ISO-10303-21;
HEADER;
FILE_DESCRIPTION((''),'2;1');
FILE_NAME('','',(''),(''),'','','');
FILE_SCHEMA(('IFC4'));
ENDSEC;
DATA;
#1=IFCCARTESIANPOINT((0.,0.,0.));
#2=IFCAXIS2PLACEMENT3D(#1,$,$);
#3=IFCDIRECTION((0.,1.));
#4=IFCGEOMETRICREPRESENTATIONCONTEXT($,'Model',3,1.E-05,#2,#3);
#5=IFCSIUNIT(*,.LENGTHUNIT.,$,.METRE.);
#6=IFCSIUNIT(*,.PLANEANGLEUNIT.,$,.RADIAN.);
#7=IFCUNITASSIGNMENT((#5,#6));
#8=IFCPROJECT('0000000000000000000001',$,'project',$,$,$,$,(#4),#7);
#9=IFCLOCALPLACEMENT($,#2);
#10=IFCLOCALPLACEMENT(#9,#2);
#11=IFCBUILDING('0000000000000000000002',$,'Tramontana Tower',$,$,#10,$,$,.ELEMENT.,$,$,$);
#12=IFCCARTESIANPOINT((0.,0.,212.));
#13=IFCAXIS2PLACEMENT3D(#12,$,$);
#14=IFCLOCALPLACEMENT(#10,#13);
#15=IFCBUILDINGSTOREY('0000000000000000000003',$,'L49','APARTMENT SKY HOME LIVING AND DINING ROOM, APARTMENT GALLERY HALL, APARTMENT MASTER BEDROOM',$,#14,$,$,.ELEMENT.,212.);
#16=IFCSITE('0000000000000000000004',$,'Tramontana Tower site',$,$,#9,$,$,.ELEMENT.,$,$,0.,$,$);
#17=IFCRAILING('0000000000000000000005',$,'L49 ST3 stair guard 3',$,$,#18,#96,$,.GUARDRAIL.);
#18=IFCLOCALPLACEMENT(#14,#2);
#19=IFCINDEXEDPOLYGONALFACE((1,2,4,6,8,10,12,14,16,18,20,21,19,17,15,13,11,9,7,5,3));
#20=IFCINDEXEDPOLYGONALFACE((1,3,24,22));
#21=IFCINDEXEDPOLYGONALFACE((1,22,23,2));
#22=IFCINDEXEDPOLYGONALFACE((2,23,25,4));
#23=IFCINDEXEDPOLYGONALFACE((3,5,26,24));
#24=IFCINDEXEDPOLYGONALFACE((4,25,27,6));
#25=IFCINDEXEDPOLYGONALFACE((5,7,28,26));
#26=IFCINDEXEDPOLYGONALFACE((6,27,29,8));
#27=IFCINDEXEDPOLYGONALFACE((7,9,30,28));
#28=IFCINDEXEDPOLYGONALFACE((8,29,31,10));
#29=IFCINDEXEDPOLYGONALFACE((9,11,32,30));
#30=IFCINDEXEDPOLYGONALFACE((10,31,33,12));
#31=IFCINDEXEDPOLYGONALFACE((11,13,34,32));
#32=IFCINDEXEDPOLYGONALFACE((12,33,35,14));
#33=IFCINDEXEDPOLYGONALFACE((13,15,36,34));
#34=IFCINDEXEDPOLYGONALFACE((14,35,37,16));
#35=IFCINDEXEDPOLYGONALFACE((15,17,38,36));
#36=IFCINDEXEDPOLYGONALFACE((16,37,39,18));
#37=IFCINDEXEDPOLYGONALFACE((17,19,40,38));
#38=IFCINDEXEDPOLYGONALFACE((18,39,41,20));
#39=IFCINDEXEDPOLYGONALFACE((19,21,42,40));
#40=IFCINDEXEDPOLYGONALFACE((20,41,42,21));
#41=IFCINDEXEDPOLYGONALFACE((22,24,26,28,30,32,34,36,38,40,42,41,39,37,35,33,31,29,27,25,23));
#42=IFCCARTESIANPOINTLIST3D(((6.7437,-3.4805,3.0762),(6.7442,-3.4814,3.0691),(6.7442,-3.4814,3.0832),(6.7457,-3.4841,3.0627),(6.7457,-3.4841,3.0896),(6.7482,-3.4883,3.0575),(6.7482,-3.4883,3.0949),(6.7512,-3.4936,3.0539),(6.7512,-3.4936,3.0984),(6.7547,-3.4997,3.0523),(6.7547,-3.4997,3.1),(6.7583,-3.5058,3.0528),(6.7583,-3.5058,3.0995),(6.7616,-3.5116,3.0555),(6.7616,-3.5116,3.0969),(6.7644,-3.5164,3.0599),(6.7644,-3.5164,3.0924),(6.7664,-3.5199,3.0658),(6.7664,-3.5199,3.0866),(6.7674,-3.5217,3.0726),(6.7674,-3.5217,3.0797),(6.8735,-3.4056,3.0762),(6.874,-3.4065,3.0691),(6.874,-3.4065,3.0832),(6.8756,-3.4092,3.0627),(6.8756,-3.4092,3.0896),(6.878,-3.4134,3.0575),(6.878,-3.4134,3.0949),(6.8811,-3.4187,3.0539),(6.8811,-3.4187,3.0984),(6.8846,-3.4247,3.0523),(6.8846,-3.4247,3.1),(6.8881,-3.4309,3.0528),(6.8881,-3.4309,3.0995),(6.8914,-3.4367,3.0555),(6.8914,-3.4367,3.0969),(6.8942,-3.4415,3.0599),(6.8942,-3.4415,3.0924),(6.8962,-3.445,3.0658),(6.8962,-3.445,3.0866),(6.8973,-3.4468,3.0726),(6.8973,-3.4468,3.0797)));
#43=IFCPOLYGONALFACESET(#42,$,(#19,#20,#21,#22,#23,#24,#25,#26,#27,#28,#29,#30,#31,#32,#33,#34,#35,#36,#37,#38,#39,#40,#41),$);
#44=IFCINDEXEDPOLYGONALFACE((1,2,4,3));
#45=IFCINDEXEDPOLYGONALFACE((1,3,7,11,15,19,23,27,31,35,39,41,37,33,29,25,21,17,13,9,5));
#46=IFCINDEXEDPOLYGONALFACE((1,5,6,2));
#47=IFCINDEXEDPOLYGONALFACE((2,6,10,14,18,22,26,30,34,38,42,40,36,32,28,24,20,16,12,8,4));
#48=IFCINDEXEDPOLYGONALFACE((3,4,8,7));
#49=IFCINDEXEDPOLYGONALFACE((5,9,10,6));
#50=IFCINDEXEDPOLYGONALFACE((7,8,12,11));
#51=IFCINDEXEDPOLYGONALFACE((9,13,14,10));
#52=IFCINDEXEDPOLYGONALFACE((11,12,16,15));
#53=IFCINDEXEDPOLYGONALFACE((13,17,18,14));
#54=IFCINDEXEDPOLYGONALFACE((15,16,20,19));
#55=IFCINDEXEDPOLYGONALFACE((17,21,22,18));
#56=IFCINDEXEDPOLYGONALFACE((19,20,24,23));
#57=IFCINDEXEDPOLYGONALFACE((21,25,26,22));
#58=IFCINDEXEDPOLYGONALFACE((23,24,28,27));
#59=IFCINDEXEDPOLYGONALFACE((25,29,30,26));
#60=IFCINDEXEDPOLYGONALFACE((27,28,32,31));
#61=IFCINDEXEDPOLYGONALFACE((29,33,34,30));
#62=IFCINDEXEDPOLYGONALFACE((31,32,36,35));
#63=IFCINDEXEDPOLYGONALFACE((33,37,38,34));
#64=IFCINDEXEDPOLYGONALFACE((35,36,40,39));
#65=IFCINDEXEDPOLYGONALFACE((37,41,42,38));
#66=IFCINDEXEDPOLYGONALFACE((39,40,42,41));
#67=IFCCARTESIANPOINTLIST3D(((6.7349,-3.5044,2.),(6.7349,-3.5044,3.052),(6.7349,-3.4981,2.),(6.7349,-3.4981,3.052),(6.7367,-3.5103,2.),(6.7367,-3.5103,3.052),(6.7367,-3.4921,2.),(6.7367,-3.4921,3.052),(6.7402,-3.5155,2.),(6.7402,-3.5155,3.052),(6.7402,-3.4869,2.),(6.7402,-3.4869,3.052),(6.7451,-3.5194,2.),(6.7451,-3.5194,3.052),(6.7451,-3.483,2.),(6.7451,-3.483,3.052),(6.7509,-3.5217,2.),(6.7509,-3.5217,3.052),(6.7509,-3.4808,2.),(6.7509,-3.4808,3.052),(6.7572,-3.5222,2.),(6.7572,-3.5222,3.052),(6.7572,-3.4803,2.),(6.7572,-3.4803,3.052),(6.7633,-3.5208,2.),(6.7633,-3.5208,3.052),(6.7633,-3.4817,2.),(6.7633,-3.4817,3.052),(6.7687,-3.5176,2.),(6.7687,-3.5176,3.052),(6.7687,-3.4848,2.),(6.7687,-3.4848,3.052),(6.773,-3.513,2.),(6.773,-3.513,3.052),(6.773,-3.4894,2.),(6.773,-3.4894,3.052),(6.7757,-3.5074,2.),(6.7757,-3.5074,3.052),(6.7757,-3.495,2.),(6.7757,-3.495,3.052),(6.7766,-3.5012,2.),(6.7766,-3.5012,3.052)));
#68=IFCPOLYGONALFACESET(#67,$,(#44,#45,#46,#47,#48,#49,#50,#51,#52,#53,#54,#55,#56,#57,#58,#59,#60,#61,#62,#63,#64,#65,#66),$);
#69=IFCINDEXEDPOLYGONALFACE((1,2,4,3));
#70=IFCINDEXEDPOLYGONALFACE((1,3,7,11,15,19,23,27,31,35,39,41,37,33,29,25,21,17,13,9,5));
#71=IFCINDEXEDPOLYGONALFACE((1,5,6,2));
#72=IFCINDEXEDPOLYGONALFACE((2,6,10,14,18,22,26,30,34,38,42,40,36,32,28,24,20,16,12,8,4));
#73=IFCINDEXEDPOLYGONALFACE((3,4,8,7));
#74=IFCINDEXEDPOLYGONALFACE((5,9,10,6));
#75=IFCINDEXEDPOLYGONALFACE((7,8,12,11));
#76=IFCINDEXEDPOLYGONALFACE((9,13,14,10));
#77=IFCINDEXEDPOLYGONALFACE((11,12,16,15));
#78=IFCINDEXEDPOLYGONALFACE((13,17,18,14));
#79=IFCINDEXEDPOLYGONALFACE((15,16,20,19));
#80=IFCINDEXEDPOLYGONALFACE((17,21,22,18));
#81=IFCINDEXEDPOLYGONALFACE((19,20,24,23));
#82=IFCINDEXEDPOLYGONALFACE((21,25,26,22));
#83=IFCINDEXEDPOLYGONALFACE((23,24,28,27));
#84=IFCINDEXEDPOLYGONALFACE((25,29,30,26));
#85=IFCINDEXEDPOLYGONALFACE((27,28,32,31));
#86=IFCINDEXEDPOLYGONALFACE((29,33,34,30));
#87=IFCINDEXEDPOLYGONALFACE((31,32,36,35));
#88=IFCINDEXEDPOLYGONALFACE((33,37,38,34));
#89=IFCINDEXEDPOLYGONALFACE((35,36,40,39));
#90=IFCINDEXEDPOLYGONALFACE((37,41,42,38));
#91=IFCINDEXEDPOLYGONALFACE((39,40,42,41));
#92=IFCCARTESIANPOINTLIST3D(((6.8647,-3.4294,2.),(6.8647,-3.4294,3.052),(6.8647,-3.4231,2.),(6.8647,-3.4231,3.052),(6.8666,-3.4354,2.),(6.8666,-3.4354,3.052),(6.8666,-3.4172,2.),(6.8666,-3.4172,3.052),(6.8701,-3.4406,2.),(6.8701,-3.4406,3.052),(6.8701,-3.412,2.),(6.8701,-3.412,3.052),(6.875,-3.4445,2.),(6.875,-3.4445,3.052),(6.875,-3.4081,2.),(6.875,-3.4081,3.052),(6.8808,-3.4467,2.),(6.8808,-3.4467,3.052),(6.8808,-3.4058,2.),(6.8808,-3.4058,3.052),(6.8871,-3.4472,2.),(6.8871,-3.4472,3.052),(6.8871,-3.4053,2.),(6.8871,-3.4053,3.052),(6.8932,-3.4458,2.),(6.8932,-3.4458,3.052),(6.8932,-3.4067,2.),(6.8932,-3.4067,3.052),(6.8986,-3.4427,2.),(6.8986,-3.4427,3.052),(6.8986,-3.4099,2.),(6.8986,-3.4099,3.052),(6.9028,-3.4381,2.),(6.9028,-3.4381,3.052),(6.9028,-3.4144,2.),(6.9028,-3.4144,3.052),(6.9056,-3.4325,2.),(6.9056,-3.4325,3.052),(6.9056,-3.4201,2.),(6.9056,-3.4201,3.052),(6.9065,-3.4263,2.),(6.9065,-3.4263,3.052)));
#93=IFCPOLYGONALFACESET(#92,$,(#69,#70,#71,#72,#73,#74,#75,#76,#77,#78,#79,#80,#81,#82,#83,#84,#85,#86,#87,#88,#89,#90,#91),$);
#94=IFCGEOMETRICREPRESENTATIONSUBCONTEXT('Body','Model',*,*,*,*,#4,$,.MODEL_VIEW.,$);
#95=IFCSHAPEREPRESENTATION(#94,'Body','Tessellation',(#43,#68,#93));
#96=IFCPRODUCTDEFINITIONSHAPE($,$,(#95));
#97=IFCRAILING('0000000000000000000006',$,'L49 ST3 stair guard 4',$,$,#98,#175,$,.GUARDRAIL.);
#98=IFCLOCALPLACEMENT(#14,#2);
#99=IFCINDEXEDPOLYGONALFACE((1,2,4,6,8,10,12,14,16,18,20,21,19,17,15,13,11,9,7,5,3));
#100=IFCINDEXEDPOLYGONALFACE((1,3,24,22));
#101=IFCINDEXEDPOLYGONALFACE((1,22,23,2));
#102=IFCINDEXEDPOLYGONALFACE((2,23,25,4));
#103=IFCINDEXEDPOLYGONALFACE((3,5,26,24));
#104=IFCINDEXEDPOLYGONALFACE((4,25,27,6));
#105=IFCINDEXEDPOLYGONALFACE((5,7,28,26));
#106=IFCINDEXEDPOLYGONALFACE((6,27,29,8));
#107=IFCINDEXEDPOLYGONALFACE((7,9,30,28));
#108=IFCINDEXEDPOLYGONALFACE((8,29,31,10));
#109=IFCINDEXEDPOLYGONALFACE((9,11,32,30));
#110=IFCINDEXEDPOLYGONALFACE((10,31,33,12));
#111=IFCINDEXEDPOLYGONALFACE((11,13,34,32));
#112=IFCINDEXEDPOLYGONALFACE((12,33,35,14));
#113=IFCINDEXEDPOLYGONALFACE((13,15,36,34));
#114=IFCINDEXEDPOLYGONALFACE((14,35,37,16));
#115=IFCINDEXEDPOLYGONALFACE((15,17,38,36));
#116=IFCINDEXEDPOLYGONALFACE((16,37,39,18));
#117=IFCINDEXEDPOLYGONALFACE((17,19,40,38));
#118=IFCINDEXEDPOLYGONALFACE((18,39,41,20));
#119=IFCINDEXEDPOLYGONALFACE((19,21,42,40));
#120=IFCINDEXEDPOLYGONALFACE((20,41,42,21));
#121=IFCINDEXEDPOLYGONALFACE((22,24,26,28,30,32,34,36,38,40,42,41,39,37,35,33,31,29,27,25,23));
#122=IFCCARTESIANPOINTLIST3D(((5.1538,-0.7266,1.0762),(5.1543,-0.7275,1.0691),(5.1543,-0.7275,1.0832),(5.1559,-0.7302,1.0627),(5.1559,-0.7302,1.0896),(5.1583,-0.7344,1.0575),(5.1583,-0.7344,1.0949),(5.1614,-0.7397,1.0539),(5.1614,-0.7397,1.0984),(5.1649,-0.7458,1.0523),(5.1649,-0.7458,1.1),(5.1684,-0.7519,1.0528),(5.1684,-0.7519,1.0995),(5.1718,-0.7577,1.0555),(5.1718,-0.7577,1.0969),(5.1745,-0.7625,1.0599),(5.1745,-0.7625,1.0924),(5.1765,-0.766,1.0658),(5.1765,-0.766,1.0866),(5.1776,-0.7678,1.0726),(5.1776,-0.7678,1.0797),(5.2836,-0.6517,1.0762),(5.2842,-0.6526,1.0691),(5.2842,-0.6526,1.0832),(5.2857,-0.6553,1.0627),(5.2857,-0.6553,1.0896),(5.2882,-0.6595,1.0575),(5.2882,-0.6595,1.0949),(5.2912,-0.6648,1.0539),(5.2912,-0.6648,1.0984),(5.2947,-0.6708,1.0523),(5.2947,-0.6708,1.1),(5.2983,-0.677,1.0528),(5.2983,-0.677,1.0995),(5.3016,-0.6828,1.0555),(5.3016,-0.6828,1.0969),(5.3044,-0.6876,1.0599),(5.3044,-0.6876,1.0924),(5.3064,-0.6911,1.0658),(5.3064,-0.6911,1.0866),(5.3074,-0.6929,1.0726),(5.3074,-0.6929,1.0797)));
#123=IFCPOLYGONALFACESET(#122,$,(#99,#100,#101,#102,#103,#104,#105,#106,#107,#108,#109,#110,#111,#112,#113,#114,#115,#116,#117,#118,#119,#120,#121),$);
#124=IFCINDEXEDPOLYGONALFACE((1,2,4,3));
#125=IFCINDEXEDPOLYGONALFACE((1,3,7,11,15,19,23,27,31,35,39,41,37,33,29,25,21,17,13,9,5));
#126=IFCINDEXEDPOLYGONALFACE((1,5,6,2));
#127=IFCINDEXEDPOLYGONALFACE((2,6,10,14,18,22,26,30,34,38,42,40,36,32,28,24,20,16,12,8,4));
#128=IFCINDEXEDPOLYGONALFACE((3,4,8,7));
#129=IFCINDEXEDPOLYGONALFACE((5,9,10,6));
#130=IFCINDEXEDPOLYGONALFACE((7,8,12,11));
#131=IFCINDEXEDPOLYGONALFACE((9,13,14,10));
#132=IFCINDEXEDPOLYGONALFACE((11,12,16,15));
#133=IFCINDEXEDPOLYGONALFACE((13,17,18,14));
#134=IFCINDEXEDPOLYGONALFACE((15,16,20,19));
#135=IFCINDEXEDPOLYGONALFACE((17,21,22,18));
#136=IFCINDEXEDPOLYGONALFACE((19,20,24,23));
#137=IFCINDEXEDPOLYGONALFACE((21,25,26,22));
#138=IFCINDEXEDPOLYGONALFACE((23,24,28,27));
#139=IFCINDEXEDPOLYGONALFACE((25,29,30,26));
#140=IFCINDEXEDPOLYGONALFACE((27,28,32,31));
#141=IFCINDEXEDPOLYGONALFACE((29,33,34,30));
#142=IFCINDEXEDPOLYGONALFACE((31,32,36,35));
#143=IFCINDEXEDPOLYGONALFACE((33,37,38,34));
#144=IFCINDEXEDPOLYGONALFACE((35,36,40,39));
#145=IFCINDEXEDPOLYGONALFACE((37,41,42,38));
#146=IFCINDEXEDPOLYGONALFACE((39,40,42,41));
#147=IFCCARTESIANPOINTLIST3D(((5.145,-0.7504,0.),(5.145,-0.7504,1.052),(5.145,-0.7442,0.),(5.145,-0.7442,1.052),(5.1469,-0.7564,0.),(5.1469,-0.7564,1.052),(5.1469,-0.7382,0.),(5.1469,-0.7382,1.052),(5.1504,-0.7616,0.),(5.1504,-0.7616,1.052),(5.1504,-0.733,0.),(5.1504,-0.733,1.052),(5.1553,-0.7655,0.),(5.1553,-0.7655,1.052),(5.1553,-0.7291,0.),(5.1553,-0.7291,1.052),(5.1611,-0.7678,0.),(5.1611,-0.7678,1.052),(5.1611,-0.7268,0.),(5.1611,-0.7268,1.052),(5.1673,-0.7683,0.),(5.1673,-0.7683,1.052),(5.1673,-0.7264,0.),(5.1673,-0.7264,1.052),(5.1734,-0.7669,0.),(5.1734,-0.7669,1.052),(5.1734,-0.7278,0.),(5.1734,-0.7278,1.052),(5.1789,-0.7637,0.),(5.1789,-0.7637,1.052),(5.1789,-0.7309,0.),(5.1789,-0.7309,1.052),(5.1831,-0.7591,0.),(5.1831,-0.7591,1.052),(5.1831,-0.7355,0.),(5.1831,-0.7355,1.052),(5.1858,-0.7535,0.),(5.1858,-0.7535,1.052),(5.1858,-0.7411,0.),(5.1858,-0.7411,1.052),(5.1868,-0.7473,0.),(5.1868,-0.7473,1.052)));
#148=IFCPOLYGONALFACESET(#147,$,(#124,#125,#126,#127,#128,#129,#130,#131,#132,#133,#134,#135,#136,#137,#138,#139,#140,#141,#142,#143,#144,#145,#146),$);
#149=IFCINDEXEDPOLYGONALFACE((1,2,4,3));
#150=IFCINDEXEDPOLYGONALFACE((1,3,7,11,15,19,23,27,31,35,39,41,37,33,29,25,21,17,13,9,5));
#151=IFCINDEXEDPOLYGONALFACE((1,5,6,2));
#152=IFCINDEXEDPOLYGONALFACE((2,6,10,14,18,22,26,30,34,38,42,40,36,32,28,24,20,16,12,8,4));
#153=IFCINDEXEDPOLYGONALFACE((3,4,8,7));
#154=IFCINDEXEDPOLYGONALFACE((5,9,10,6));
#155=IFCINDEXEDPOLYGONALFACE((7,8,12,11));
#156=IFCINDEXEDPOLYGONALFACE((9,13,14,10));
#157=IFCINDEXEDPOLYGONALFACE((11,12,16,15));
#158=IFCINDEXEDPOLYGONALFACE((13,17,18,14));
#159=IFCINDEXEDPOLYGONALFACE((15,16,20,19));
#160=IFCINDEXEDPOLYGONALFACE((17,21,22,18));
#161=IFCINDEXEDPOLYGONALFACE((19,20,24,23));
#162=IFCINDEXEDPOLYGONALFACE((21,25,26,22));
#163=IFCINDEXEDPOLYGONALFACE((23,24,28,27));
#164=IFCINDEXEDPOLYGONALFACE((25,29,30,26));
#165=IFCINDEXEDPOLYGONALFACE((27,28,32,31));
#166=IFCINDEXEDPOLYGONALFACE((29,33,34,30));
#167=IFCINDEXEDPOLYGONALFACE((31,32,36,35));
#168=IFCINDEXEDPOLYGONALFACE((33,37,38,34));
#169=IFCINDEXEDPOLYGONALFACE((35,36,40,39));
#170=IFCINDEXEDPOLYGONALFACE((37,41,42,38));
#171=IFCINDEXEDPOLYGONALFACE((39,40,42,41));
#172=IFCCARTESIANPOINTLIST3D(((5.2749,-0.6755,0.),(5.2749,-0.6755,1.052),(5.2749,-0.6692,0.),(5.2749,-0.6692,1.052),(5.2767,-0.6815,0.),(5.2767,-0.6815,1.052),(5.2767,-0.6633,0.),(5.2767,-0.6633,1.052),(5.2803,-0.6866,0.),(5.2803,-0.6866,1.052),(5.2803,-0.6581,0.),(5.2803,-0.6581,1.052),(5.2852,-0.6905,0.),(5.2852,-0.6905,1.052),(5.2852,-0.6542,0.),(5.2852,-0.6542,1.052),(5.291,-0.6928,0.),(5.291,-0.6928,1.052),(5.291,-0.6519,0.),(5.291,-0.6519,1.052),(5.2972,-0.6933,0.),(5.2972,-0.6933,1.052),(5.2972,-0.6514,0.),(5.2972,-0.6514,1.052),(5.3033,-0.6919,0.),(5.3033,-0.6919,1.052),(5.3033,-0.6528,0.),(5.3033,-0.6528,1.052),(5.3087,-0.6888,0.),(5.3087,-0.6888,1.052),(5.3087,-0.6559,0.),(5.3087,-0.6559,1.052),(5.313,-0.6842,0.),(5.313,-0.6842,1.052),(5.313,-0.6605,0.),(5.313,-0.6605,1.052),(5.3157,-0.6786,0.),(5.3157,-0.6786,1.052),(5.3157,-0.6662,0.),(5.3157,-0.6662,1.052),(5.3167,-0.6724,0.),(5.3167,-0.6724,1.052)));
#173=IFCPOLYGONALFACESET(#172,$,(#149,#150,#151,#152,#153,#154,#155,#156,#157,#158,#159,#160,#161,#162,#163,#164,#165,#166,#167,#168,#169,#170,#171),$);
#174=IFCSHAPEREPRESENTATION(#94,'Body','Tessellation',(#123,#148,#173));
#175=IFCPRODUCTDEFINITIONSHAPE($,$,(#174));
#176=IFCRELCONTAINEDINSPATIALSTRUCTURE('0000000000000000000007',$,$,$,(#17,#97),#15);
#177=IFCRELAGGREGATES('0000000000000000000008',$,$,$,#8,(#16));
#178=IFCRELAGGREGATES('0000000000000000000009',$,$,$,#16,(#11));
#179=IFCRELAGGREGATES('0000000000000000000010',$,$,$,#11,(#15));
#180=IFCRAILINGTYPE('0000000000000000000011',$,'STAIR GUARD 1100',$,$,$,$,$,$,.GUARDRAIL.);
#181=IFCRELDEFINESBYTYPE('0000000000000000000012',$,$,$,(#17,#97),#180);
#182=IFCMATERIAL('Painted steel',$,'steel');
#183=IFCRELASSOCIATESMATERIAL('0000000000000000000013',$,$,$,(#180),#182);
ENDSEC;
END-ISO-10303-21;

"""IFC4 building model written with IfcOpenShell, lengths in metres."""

from ifc_helpers import new_model, si_unit, direction, frame, origin, origin_2d, place, context, subcontext, project, spatial, circle, extrude, material, type_object, element, save


model = new_model("IFC4")

# Units and contexts
model_context = context("Model", 3, precision=1e-05, world=origin(), true_north=direction((0.0, 1.0)))
body_context = subcontext(model_context, "Body", "Model", "MODEL_VIEW")
ifc_project = project(units=[si_unit("LENGTHUNIT", "METRE"), si_unit("PLANEANGLEUNIT", "RADIAN")], contexts=[model_context])

# Site, building, storey
site_placement = place(None, origin())
site = spatial("IfcSite", under=ifc_project, at=site_placement, Name="Tramontana Tower site", CompositionType="ELEMENT", RefElevation=0.0)
building_placement = place(site_placement, origin())
building = spatial("IfcBuilding", under=site, at=building_placement, Name="Tramontana Tower", CompositionType="ELEMENT")
storey_placement = place(building_placement, frame((0.0, 0.0, 212.0)))
storey = spatial("IfcBuildingStorey", under=building, at=storey_placement, Name="L49", Description="APARTMENT SKY HOME LIVING AND DINING ROOM, APARTMENT GALLERY HALL, APARTMENT MASTER BEDROOM", CompositionType="ELEMENT", Elevation=212.0)

# Railings
ifc_material_1 = material(Name="Painted steel", Category="steel")
railing_type_1 = type_object("IfcRailingType", Name="STAIR GUARD 1100", PredefinedType="GUARDRAIL", material=ifc_material_1)
for number, where, name in (
    (1, (6.7556, -3.5012, 2.0), "L49 ST3 stair guard 3"),
    (2, (5.1658, -0.7473, 0.0), "L49 ST3 stair guard 4"),
):
    element("IfcRailing", number, at=place(storey_placement, frame(where)), inside=storey, type_object=railing_type_1, Name=name, PredefinedType="GUARDRAIL", context=body_context, shape_type="SweptSolid", body=[
        extrude(circle(Radius=0.0239, at=origin_2d()), frame((0.0, 0.0, 1.0762), z_axis=(0.866131, 0.499816, 0.0), x_axis=(-0.499816, 0.866131, 0.0)), (0.0, 0.0, 1.0), 0.1499),
        extrude(circle(Radius=0.021, at=origin_2d()), origin(), (0.0, 0.0, 1.0), 1.052),
        extrude(circle(Radius=0.021, at=origin_2d()), frame((0.1299, 0.075, 0.0)), (0.0, 0.0, 1.0), 1.052),
    ])

save(model, "model.ifc")
